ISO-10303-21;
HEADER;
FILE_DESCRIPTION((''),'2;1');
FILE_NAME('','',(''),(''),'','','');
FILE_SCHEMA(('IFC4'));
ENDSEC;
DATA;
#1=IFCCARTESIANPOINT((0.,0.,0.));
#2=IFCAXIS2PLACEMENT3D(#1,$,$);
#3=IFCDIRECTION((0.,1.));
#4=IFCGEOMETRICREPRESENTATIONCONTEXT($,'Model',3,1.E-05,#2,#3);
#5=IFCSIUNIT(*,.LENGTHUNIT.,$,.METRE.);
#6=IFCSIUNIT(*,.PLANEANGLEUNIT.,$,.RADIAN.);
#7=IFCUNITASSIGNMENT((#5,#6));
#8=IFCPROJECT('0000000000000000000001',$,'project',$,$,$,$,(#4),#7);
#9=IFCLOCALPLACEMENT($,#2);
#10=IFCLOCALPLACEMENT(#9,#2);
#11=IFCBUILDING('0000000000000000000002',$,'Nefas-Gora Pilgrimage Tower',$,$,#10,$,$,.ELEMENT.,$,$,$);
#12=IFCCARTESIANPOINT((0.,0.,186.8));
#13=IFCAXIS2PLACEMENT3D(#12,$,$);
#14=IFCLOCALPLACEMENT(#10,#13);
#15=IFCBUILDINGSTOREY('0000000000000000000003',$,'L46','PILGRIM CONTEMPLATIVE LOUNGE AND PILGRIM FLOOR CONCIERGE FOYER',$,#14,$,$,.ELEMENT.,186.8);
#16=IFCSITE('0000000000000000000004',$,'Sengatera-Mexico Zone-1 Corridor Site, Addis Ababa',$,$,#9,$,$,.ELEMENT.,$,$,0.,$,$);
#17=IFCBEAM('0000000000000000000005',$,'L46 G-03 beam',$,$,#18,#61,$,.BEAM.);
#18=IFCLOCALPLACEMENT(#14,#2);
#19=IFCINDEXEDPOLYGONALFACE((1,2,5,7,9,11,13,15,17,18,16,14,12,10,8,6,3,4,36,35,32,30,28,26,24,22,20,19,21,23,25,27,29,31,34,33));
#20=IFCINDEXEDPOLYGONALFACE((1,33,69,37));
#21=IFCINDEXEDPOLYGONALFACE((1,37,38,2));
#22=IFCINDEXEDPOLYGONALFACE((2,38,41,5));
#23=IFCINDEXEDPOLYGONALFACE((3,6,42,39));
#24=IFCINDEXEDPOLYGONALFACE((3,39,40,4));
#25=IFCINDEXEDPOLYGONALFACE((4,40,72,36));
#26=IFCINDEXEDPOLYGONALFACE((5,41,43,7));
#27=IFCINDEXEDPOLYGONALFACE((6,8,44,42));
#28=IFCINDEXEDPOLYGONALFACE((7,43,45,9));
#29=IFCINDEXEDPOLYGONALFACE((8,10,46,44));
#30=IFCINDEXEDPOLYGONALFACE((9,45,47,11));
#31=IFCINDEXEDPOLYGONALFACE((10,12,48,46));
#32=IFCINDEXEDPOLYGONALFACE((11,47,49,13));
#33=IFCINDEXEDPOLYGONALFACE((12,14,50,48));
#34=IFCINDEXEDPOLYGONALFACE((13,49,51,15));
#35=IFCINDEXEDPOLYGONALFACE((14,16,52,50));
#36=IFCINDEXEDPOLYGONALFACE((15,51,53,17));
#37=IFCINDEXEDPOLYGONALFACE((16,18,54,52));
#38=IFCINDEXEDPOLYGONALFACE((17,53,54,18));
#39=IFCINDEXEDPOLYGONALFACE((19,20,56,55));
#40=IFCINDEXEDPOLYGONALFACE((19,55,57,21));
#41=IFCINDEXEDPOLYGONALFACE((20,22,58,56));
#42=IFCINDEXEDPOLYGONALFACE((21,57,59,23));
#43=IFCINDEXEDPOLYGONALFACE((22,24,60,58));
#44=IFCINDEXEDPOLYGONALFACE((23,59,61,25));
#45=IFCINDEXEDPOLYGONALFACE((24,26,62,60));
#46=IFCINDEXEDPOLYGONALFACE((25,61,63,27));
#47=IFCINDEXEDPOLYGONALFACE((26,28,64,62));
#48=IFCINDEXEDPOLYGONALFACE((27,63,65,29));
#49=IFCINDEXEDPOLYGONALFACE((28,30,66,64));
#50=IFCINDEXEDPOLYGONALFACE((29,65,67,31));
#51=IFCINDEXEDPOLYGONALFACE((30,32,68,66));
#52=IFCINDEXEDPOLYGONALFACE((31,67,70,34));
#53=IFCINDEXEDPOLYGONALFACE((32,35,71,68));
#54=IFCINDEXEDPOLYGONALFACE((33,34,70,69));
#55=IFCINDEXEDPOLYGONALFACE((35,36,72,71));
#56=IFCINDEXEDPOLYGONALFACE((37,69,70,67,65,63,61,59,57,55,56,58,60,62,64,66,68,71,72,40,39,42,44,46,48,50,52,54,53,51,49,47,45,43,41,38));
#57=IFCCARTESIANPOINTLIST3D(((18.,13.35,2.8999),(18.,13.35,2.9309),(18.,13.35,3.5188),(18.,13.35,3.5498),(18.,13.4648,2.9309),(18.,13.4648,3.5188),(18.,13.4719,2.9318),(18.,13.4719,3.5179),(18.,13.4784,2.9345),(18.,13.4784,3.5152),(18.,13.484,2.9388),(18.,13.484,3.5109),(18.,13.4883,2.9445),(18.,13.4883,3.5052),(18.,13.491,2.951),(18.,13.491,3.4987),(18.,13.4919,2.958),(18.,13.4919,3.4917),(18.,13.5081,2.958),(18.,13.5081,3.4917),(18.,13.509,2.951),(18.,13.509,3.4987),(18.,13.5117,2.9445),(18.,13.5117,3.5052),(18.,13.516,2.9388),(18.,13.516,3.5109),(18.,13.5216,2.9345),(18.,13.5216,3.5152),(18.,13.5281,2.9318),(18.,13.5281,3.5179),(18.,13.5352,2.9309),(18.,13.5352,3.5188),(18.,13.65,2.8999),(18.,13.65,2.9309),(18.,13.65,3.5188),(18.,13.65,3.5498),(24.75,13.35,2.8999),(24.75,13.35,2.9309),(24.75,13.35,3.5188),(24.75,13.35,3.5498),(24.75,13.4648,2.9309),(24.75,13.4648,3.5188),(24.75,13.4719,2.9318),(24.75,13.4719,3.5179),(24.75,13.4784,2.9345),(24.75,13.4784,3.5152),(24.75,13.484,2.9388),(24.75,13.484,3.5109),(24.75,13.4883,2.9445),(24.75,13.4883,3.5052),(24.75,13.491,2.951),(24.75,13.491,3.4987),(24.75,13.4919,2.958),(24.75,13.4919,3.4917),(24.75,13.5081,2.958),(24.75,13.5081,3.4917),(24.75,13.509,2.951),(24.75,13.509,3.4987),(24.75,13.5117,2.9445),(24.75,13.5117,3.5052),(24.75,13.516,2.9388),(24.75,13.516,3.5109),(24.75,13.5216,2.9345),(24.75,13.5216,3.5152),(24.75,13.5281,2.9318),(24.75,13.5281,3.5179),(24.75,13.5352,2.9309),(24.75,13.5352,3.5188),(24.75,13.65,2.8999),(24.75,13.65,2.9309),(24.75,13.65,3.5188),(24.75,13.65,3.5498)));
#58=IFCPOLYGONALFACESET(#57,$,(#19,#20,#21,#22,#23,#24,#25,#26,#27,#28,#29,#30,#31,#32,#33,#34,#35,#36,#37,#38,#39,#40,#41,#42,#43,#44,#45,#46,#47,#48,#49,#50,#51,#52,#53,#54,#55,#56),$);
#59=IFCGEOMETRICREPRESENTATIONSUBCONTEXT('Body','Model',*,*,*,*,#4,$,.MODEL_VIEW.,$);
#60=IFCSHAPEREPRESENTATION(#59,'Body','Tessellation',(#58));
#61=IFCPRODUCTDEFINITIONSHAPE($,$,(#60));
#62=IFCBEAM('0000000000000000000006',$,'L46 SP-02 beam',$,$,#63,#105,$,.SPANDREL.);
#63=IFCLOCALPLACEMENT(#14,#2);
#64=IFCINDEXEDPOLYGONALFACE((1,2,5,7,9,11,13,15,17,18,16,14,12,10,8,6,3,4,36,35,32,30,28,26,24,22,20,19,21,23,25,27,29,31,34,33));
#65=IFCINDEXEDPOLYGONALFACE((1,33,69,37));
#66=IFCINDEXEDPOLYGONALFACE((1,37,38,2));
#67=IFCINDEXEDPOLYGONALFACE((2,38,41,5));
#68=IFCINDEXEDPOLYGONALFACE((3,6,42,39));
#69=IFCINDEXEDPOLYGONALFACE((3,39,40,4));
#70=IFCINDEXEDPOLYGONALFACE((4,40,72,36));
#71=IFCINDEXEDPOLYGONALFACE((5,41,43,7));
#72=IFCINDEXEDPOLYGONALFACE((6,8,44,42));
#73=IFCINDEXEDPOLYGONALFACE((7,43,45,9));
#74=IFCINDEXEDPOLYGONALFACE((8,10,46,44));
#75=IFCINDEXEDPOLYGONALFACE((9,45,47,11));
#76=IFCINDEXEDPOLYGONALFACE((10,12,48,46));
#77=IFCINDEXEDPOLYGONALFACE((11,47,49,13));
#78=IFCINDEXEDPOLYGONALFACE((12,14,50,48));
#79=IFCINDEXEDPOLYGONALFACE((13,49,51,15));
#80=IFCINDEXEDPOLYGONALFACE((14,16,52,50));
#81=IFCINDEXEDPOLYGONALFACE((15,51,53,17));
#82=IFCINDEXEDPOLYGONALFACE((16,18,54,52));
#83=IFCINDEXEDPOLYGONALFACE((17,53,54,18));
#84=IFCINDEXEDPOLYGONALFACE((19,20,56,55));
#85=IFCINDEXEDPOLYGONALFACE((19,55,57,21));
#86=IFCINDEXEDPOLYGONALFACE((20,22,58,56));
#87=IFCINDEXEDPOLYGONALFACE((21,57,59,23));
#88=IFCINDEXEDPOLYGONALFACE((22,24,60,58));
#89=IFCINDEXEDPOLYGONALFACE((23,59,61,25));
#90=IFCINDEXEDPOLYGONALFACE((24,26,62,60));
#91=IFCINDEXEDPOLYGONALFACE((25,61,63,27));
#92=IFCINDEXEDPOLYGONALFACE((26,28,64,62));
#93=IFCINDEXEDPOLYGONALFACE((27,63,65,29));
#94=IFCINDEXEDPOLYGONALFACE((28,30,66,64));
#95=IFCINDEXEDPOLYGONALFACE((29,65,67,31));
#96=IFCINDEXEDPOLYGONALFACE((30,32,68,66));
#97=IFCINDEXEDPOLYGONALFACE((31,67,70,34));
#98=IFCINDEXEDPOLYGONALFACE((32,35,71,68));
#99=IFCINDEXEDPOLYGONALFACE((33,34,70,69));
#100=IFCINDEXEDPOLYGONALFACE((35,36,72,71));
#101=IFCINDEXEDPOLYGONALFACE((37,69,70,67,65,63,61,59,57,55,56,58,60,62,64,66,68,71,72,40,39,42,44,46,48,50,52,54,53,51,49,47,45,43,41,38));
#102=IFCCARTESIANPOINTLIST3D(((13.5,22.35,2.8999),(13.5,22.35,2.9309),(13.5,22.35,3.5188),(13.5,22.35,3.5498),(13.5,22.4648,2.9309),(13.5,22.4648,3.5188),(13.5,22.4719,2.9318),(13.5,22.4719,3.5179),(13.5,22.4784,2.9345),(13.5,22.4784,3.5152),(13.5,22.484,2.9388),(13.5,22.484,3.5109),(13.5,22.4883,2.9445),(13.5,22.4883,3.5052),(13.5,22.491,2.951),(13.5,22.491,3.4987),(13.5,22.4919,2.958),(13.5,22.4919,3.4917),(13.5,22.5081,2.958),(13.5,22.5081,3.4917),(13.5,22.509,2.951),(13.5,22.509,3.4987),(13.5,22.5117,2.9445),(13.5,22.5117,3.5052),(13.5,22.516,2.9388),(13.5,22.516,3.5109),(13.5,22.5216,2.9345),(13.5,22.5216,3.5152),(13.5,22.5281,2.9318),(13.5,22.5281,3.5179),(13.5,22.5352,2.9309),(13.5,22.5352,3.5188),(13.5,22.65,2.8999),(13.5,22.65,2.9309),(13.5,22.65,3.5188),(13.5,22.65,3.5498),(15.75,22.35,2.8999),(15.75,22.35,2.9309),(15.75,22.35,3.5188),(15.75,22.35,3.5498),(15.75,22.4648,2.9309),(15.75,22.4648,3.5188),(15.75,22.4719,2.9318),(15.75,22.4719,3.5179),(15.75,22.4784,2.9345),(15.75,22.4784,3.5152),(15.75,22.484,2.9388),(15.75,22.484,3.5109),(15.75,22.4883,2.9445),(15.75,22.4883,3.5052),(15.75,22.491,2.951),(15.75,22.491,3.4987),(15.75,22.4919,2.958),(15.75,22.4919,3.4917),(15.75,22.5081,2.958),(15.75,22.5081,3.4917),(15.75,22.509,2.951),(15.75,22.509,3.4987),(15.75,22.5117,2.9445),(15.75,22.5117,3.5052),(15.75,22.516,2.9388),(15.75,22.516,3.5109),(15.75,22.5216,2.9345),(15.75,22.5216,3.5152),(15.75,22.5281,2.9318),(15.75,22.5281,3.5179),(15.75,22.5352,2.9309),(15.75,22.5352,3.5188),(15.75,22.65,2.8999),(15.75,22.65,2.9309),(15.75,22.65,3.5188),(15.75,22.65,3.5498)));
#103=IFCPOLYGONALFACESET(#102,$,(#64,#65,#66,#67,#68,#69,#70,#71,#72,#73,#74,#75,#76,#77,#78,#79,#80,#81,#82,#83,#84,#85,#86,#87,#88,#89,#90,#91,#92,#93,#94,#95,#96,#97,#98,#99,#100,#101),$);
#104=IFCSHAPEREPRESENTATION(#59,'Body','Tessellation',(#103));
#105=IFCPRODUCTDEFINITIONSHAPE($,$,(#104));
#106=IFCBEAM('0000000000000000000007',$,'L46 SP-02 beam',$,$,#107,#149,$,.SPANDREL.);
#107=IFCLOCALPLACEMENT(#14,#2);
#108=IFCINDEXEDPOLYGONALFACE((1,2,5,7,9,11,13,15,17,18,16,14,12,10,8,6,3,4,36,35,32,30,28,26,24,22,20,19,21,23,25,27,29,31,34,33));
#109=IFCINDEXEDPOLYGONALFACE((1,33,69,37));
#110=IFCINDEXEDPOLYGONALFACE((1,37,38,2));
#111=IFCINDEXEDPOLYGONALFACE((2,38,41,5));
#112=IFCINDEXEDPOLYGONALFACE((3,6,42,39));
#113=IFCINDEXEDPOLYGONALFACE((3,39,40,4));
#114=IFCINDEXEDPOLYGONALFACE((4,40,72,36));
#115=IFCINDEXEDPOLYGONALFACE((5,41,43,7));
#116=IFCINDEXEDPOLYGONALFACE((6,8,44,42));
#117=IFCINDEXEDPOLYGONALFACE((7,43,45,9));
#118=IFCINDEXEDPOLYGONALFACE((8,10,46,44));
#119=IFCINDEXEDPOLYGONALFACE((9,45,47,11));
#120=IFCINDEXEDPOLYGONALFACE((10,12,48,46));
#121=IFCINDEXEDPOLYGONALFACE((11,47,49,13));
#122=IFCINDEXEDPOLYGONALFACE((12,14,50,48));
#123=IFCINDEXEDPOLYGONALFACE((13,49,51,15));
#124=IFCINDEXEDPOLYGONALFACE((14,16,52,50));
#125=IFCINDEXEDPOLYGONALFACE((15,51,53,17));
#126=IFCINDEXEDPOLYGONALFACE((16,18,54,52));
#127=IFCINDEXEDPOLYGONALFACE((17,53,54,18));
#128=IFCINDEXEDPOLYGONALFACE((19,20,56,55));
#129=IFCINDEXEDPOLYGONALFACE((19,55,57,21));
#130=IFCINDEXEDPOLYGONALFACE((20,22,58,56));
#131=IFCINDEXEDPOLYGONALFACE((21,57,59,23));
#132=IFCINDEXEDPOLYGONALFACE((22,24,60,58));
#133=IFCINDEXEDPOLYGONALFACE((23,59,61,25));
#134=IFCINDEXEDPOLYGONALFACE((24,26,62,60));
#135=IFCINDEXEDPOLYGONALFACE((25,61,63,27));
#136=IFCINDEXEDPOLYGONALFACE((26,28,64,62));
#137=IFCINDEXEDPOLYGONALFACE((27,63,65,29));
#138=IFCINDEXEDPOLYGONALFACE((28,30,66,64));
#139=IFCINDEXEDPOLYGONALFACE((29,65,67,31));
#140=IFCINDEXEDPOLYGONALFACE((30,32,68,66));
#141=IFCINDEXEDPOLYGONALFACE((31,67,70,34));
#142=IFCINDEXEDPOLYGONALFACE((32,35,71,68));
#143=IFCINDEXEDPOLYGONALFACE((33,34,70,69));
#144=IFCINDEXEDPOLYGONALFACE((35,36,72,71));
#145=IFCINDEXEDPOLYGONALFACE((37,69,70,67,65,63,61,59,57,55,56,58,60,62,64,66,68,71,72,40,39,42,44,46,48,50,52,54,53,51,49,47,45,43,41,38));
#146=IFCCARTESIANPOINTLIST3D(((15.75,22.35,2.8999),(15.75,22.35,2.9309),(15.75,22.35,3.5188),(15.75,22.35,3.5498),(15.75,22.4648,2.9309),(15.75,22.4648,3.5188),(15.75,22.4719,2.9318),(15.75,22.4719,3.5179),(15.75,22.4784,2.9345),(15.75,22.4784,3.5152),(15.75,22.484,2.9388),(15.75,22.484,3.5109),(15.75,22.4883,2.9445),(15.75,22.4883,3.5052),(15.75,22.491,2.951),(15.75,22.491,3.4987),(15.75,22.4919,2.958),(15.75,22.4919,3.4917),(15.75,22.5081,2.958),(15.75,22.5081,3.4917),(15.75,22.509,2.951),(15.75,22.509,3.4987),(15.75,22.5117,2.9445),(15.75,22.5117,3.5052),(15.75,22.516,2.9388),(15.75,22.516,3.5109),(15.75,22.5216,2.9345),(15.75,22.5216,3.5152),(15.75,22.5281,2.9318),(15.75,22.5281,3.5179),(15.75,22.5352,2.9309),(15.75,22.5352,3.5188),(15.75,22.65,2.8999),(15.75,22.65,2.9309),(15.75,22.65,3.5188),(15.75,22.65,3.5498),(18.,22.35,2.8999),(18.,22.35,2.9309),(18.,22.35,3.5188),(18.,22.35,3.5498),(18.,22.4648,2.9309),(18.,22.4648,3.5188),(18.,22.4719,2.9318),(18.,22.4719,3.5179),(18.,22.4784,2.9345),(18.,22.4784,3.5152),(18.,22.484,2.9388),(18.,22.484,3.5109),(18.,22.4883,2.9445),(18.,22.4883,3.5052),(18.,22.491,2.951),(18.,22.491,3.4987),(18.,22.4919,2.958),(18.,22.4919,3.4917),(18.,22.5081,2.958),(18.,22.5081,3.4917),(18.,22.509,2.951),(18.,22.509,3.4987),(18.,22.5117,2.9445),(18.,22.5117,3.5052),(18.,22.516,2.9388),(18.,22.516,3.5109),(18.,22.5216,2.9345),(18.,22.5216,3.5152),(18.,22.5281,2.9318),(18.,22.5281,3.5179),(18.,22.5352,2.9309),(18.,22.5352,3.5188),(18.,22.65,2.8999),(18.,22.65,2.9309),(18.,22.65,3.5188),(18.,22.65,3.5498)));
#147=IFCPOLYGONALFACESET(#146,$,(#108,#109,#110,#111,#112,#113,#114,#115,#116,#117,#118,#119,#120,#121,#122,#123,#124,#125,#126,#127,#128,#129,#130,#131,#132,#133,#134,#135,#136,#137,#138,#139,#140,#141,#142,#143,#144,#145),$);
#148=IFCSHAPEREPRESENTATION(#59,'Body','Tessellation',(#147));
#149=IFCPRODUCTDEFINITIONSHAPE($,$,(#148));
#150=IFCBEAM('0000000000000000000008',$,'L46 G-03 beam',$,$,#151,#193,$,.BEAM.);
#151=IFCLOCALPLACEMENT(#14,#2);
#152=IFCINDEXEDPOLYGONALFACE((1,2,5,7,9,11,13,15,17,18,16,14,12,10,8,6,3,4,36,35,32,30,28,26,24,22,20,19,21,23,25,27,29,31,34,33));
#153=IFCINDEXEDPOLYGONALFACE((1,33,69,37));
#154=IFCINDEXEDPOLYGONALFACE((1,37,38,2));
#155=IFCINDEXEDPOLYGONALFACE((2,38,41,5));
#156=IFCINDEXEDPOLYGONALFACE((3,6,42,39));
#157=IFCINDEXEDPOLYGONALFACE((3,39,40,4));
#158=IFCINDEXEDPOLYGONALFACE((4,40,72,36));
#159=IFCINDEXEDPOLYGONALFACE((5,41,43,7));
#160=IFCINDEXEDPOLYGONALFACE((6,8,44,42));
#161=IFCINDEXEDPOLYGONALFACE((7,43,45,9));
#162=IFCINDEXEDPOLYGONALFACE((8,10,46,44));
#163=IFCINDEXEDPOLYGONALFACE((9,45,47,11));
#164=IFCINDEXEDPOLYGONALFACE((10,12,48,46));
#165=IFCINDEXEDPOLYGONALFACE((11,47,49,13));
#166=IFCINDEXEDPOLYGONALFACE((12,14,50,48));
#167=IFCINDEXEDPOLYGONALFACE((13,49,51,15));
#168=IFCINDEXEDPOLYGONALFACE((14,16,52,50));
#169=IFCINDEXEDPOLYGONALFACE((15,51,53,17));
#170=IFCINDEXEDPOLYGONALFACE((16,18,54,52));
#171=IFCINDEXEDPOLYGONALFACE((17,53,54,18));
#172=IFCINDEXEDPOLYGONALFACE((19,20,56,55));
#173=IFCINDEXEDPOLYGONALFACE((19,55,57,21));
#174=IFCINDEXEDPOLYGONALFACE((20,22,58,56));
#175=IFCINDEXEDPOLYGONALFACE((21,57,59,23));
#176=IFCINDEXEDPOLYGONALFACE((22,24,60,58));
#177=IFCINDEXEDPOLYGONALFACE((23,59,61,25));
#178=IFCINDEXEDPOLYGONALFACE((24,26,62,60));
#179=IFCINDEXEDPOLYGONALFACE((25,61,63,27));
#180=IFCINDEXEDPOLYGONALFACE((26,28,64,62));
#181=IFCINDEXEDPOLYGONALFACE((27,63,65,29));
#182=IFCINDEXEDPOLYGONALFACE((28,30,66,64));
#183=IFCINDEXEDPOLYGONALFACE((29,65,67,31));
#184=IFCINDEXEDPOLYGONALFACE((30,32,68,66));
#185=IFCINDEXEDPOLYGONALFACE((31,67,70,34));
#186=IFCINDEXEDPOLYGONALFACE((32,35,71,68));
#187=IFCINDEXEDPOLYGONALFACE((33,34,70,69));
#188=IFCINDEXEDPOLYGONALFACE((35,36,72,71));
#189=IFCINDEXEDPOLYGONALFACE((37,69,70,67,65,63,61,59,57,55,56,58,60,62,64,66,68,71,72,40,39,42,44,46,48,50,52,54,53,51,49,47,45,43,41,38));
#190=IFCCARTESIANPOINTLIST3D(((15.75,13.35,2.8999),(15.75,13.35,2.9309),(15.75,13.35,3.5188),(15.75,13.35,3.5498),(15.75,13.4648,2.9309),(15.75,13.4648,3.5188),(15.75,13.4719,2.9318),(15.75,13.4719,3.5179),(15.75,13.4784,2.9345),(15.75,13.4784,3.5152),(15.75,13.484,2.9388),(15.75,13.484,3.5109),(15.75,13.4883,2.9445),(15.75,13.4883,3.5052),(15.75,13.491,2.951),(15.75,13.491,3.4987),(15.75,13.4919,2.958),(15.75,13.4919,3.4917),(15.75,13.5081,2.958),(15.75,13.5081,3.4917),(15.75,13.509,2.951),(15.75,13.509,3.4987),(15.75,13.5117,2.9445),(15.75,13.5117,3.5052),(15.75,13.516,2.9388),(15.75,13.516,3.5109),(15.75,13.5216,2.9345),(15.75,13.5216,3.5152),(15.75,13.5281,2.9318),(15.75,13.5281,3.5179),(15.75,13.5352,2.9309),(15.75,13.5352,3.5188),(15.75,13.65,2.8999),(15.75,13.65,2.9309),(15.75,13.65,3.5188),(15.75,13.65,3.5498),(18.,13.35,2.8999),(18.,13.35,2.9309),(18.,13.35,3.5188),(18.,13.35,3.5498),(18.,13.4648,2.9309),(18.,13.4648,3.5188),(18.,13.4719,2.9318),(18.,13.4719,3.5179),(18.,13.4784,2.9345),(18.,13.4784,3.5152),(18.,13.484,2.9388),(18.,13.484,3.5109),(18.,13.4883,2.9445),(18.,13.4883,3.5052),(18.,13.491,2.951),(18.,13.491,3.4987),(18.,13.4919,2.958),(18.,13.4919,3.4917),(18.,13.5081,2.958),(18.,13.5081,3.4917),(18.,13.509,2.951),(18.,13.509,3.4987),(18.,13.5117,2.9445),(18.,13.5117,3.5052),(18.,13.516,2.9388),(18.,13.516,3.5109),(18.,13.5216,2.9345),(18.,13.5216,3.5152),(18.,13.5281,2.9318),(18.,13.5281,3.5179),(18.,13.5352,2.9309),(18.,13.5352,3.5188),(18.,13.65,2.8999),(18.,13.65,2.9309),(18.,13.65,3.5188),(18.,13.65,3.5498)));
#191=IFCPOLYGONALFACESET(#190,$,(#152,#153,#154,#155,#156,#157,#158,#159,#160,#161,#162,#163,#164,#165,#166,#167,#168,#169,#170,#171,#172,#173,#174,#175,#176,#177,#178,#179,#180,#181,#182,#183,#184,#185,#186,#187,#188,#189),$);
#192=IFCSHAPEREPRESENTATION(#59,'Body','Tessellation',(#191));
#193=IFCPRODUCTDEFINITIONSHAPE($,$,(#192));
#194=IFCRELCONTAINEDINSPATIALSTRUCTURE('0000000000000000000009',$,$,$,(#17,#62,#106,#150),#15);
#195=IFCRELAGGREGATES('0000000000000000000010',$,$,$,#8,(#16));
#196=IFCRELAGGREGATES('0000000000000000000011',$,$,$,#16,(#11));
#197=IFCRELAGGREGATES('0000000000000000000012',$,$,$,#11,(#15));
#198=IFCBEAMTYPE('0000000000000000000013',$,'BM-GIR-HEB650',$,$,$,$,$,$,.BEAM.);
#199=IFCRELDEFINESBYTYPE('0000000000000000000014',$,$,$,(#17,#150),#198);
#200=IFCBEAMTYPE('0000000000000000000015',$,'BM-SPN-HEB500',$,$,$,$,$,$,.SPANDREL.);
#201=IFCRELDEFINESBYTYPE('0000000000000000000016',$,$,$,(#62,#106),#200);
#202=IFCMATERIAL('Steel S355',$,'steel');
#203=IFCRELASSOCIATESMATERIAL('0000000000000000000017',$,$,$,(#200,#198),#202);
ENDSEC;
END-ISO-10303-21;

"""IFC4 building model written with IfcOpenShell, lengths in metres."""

from ifc_helpers import new_model, si_unit, direction, frame, origin, origin_2d, place, context, subcontext, project, spatial, i_section, extrude, source, transform, mapped, material, material_profile, profile_set, type_object, element, save


model = new_model("IFC4")

# Units and contexts
model_context = context("Model", 3, precision=1e-05, world=origin(), true_north=direction((0.0, 1.0)))
body_context = subcontext(model_context, "Body", "Model", "MODEL_VIEW")
ifc_project = project(units=[si_unit("LENGTHUNIT", "METRE"), si_unit("PLANEANGLEUNIT", "RADIAN")], contexts=[model_context])

# Site, building, storey
site_placement = place(None, origin())
site = spatial("IfcSite", under=ifc_project, at=site_placement, Name="Sengatera-Mexico Zone-1 Corridor Site, Addis Ababa", CompositionType="ELEMENT", RefElevation=0.0)
building_placement = place(site_placement, origin())
building = spatial("IfcBuilding", under=site, at=building_placement, Name="Nefas-Gora Pilgrimage Tower", CompositionType="ELEMENT")
storey_placement = place(building_placement, frame((0.0, 0.0, 186.8)))
storey = spatial("IfcBuildingStorey", under=building, at=storey_placement, Name="L46", Description="PILGRIM CONTEMPLATIVE LOUNGE AND PILGRIM FLOOR CONCIERGE FOYER", CompositionType="ELEMENT", Elevation=186.8)

# Beams
ifc_material_1 = material(Name="Steel S355", Category="steel")
ifc_material_profile_1 = material_profile(ifc_material_1, i_section(OverallWidth=0.3, OverallDepth=0.6499, WebThickness=0.0161, FlangeThickness=0.031, FilletRadius=0.0271, at=origin_2d()), Name="HEB 650")
ifc_profile_set_1 = profile_set([ifc_material_profile_1], Name="Steel S355")
beam_type_1 = type_object("IfcBeamType", Name="BM-SPN-HEB500", PredefinedType="SPANDREL", material=ifc_profile_set_1)
ifc_material_profile_2 = material_profile(ifc_material_1, i_section(OverallWidth=0.3, OverallDepth=0.6499, WebThickness=0.0161, FlangeThickness=0.031, FilletRadius=0.0271, at=origin_2d()), Name="HEB 650")
ifc_profile_set_2 = profile_set([ifc_material_profile_2], Name="Steel S355")
beam_type_2 = type_object("IfcBeamType", Name="BM-GIR-HEB650", PredefinedType="BEAM", material=ifc_profile_set_2)
shared_shape_1 = source(origin(), body_context, "Body", "SweptSolid", [
    extrude(i_section(OverallWidth=0.3, OverallDepth=0.6499, WebThickness=0.0161, FlangeThickness=0.031, FilletRadius=0.0271, at=origin_2d()), origin(), (0.0, 0.0, 1.0), 6.75),
])
for number, where, z_axis, x_axis, name in (
    (1, (18.0, 13.5, 3.2249), (1.0, 0.0, 0.0), (0.0, 1.0, 0.0), "L46 G-03 beam"),
):
    element("IfcBeam", number, at=place(storey_placement, frame(where, z_axis=z_axis, x_axis=x_axis)), inside=storey, type_object=beam_type_2, Name=name, PredefinedType="BEAM", context=body_context, shape_type="MappedRepresentation", body=[
        mapped(shared_shape_1, transform((0.0, 0.0, 0.0), x_axis=(1.0, 0.0, 0.0), y_axis=(0.0, 1.0, 0.0), z_axis=(0.0, 0.0, 1.0), scale=1.0)),
    ])
shared_shape_2 = source(origin(), body_context, "Body", "SweptSolid", [
    extrude(i_section(OverallWidth=0.3, OverallDepth=0.6499, WebThickness=0.0161, FlangeThickness=0.031, FilletRadius=0.0271, at=origin_2d()), origin(), (0.0, 0.0, 1.0), 2.25),
])
for number, where, z_axis, x_axis, name in (
    (2, (13.5, 22.5, 3.2249), (1.0, 0.0, 0.0), (0.0, 1.0, 0.0), "L46 SP-02 beam"),
    (3, (15.75, 22.5, 3.2249), (1.0, 0.0, 0.0), (0.0, 1.0, 0.0), "L46 SP-02 beam"),
):
    element("IfcBeam", number, at=place(storey_placement, frame(where, z_axis=z_axis, x_axis=x_axis)), inside=storey, type_object=beam_type_1, Name=name, PredefinedType="SPANDREL", context=body_context, shape_type="MappedRepresentation", body=[
        mapped(shared_shape_2, transform((0.0, 0.0, 0.0), x_axis=(1.0, 0.0, 0.0), y_axis=(0.0, 1.0, 0.0), z_axis=(0.0, 0.0, 1.0), scale=1.0)),
    ])
shared_shape_3 = source(origin(), body_context, "Body", "SweptSolid", [
    extrude(i_section(OverallWidth=0.3, OverallDepth=0.6499, WebThickness=0.0161, FlangeThickness=0.031, FilletRadius=0.0271, at=origin_2d()), origin(), (0.0, 0.0, 1.0), 2.25),
])
beam_1_placement = place(storey_placement, frame((15.75, 13.5, 3.2249), z_axis=(1.0, 0.0, 0.0), x_axis=(0.0, 1.0, 0.0)))
element("IfcBeam", 4, at=beam_1_placement, inside=storey, type_object=beam_type_2, Name="L46 G-03 beam", PredefinedType="BEAM", context=body_context, shape_type="MappedRepresentation", body=[
    mapped(shared_shape_3, transform((0.0, 0.0, 0.0), x_axis=(1.0, 0.0, 0.0), y_axis=(0.0, 1.0, 0.0), z_axis=(0.0, 0.0, 1.0), scale=1.0)),
])

save(model, "model.ifc")
